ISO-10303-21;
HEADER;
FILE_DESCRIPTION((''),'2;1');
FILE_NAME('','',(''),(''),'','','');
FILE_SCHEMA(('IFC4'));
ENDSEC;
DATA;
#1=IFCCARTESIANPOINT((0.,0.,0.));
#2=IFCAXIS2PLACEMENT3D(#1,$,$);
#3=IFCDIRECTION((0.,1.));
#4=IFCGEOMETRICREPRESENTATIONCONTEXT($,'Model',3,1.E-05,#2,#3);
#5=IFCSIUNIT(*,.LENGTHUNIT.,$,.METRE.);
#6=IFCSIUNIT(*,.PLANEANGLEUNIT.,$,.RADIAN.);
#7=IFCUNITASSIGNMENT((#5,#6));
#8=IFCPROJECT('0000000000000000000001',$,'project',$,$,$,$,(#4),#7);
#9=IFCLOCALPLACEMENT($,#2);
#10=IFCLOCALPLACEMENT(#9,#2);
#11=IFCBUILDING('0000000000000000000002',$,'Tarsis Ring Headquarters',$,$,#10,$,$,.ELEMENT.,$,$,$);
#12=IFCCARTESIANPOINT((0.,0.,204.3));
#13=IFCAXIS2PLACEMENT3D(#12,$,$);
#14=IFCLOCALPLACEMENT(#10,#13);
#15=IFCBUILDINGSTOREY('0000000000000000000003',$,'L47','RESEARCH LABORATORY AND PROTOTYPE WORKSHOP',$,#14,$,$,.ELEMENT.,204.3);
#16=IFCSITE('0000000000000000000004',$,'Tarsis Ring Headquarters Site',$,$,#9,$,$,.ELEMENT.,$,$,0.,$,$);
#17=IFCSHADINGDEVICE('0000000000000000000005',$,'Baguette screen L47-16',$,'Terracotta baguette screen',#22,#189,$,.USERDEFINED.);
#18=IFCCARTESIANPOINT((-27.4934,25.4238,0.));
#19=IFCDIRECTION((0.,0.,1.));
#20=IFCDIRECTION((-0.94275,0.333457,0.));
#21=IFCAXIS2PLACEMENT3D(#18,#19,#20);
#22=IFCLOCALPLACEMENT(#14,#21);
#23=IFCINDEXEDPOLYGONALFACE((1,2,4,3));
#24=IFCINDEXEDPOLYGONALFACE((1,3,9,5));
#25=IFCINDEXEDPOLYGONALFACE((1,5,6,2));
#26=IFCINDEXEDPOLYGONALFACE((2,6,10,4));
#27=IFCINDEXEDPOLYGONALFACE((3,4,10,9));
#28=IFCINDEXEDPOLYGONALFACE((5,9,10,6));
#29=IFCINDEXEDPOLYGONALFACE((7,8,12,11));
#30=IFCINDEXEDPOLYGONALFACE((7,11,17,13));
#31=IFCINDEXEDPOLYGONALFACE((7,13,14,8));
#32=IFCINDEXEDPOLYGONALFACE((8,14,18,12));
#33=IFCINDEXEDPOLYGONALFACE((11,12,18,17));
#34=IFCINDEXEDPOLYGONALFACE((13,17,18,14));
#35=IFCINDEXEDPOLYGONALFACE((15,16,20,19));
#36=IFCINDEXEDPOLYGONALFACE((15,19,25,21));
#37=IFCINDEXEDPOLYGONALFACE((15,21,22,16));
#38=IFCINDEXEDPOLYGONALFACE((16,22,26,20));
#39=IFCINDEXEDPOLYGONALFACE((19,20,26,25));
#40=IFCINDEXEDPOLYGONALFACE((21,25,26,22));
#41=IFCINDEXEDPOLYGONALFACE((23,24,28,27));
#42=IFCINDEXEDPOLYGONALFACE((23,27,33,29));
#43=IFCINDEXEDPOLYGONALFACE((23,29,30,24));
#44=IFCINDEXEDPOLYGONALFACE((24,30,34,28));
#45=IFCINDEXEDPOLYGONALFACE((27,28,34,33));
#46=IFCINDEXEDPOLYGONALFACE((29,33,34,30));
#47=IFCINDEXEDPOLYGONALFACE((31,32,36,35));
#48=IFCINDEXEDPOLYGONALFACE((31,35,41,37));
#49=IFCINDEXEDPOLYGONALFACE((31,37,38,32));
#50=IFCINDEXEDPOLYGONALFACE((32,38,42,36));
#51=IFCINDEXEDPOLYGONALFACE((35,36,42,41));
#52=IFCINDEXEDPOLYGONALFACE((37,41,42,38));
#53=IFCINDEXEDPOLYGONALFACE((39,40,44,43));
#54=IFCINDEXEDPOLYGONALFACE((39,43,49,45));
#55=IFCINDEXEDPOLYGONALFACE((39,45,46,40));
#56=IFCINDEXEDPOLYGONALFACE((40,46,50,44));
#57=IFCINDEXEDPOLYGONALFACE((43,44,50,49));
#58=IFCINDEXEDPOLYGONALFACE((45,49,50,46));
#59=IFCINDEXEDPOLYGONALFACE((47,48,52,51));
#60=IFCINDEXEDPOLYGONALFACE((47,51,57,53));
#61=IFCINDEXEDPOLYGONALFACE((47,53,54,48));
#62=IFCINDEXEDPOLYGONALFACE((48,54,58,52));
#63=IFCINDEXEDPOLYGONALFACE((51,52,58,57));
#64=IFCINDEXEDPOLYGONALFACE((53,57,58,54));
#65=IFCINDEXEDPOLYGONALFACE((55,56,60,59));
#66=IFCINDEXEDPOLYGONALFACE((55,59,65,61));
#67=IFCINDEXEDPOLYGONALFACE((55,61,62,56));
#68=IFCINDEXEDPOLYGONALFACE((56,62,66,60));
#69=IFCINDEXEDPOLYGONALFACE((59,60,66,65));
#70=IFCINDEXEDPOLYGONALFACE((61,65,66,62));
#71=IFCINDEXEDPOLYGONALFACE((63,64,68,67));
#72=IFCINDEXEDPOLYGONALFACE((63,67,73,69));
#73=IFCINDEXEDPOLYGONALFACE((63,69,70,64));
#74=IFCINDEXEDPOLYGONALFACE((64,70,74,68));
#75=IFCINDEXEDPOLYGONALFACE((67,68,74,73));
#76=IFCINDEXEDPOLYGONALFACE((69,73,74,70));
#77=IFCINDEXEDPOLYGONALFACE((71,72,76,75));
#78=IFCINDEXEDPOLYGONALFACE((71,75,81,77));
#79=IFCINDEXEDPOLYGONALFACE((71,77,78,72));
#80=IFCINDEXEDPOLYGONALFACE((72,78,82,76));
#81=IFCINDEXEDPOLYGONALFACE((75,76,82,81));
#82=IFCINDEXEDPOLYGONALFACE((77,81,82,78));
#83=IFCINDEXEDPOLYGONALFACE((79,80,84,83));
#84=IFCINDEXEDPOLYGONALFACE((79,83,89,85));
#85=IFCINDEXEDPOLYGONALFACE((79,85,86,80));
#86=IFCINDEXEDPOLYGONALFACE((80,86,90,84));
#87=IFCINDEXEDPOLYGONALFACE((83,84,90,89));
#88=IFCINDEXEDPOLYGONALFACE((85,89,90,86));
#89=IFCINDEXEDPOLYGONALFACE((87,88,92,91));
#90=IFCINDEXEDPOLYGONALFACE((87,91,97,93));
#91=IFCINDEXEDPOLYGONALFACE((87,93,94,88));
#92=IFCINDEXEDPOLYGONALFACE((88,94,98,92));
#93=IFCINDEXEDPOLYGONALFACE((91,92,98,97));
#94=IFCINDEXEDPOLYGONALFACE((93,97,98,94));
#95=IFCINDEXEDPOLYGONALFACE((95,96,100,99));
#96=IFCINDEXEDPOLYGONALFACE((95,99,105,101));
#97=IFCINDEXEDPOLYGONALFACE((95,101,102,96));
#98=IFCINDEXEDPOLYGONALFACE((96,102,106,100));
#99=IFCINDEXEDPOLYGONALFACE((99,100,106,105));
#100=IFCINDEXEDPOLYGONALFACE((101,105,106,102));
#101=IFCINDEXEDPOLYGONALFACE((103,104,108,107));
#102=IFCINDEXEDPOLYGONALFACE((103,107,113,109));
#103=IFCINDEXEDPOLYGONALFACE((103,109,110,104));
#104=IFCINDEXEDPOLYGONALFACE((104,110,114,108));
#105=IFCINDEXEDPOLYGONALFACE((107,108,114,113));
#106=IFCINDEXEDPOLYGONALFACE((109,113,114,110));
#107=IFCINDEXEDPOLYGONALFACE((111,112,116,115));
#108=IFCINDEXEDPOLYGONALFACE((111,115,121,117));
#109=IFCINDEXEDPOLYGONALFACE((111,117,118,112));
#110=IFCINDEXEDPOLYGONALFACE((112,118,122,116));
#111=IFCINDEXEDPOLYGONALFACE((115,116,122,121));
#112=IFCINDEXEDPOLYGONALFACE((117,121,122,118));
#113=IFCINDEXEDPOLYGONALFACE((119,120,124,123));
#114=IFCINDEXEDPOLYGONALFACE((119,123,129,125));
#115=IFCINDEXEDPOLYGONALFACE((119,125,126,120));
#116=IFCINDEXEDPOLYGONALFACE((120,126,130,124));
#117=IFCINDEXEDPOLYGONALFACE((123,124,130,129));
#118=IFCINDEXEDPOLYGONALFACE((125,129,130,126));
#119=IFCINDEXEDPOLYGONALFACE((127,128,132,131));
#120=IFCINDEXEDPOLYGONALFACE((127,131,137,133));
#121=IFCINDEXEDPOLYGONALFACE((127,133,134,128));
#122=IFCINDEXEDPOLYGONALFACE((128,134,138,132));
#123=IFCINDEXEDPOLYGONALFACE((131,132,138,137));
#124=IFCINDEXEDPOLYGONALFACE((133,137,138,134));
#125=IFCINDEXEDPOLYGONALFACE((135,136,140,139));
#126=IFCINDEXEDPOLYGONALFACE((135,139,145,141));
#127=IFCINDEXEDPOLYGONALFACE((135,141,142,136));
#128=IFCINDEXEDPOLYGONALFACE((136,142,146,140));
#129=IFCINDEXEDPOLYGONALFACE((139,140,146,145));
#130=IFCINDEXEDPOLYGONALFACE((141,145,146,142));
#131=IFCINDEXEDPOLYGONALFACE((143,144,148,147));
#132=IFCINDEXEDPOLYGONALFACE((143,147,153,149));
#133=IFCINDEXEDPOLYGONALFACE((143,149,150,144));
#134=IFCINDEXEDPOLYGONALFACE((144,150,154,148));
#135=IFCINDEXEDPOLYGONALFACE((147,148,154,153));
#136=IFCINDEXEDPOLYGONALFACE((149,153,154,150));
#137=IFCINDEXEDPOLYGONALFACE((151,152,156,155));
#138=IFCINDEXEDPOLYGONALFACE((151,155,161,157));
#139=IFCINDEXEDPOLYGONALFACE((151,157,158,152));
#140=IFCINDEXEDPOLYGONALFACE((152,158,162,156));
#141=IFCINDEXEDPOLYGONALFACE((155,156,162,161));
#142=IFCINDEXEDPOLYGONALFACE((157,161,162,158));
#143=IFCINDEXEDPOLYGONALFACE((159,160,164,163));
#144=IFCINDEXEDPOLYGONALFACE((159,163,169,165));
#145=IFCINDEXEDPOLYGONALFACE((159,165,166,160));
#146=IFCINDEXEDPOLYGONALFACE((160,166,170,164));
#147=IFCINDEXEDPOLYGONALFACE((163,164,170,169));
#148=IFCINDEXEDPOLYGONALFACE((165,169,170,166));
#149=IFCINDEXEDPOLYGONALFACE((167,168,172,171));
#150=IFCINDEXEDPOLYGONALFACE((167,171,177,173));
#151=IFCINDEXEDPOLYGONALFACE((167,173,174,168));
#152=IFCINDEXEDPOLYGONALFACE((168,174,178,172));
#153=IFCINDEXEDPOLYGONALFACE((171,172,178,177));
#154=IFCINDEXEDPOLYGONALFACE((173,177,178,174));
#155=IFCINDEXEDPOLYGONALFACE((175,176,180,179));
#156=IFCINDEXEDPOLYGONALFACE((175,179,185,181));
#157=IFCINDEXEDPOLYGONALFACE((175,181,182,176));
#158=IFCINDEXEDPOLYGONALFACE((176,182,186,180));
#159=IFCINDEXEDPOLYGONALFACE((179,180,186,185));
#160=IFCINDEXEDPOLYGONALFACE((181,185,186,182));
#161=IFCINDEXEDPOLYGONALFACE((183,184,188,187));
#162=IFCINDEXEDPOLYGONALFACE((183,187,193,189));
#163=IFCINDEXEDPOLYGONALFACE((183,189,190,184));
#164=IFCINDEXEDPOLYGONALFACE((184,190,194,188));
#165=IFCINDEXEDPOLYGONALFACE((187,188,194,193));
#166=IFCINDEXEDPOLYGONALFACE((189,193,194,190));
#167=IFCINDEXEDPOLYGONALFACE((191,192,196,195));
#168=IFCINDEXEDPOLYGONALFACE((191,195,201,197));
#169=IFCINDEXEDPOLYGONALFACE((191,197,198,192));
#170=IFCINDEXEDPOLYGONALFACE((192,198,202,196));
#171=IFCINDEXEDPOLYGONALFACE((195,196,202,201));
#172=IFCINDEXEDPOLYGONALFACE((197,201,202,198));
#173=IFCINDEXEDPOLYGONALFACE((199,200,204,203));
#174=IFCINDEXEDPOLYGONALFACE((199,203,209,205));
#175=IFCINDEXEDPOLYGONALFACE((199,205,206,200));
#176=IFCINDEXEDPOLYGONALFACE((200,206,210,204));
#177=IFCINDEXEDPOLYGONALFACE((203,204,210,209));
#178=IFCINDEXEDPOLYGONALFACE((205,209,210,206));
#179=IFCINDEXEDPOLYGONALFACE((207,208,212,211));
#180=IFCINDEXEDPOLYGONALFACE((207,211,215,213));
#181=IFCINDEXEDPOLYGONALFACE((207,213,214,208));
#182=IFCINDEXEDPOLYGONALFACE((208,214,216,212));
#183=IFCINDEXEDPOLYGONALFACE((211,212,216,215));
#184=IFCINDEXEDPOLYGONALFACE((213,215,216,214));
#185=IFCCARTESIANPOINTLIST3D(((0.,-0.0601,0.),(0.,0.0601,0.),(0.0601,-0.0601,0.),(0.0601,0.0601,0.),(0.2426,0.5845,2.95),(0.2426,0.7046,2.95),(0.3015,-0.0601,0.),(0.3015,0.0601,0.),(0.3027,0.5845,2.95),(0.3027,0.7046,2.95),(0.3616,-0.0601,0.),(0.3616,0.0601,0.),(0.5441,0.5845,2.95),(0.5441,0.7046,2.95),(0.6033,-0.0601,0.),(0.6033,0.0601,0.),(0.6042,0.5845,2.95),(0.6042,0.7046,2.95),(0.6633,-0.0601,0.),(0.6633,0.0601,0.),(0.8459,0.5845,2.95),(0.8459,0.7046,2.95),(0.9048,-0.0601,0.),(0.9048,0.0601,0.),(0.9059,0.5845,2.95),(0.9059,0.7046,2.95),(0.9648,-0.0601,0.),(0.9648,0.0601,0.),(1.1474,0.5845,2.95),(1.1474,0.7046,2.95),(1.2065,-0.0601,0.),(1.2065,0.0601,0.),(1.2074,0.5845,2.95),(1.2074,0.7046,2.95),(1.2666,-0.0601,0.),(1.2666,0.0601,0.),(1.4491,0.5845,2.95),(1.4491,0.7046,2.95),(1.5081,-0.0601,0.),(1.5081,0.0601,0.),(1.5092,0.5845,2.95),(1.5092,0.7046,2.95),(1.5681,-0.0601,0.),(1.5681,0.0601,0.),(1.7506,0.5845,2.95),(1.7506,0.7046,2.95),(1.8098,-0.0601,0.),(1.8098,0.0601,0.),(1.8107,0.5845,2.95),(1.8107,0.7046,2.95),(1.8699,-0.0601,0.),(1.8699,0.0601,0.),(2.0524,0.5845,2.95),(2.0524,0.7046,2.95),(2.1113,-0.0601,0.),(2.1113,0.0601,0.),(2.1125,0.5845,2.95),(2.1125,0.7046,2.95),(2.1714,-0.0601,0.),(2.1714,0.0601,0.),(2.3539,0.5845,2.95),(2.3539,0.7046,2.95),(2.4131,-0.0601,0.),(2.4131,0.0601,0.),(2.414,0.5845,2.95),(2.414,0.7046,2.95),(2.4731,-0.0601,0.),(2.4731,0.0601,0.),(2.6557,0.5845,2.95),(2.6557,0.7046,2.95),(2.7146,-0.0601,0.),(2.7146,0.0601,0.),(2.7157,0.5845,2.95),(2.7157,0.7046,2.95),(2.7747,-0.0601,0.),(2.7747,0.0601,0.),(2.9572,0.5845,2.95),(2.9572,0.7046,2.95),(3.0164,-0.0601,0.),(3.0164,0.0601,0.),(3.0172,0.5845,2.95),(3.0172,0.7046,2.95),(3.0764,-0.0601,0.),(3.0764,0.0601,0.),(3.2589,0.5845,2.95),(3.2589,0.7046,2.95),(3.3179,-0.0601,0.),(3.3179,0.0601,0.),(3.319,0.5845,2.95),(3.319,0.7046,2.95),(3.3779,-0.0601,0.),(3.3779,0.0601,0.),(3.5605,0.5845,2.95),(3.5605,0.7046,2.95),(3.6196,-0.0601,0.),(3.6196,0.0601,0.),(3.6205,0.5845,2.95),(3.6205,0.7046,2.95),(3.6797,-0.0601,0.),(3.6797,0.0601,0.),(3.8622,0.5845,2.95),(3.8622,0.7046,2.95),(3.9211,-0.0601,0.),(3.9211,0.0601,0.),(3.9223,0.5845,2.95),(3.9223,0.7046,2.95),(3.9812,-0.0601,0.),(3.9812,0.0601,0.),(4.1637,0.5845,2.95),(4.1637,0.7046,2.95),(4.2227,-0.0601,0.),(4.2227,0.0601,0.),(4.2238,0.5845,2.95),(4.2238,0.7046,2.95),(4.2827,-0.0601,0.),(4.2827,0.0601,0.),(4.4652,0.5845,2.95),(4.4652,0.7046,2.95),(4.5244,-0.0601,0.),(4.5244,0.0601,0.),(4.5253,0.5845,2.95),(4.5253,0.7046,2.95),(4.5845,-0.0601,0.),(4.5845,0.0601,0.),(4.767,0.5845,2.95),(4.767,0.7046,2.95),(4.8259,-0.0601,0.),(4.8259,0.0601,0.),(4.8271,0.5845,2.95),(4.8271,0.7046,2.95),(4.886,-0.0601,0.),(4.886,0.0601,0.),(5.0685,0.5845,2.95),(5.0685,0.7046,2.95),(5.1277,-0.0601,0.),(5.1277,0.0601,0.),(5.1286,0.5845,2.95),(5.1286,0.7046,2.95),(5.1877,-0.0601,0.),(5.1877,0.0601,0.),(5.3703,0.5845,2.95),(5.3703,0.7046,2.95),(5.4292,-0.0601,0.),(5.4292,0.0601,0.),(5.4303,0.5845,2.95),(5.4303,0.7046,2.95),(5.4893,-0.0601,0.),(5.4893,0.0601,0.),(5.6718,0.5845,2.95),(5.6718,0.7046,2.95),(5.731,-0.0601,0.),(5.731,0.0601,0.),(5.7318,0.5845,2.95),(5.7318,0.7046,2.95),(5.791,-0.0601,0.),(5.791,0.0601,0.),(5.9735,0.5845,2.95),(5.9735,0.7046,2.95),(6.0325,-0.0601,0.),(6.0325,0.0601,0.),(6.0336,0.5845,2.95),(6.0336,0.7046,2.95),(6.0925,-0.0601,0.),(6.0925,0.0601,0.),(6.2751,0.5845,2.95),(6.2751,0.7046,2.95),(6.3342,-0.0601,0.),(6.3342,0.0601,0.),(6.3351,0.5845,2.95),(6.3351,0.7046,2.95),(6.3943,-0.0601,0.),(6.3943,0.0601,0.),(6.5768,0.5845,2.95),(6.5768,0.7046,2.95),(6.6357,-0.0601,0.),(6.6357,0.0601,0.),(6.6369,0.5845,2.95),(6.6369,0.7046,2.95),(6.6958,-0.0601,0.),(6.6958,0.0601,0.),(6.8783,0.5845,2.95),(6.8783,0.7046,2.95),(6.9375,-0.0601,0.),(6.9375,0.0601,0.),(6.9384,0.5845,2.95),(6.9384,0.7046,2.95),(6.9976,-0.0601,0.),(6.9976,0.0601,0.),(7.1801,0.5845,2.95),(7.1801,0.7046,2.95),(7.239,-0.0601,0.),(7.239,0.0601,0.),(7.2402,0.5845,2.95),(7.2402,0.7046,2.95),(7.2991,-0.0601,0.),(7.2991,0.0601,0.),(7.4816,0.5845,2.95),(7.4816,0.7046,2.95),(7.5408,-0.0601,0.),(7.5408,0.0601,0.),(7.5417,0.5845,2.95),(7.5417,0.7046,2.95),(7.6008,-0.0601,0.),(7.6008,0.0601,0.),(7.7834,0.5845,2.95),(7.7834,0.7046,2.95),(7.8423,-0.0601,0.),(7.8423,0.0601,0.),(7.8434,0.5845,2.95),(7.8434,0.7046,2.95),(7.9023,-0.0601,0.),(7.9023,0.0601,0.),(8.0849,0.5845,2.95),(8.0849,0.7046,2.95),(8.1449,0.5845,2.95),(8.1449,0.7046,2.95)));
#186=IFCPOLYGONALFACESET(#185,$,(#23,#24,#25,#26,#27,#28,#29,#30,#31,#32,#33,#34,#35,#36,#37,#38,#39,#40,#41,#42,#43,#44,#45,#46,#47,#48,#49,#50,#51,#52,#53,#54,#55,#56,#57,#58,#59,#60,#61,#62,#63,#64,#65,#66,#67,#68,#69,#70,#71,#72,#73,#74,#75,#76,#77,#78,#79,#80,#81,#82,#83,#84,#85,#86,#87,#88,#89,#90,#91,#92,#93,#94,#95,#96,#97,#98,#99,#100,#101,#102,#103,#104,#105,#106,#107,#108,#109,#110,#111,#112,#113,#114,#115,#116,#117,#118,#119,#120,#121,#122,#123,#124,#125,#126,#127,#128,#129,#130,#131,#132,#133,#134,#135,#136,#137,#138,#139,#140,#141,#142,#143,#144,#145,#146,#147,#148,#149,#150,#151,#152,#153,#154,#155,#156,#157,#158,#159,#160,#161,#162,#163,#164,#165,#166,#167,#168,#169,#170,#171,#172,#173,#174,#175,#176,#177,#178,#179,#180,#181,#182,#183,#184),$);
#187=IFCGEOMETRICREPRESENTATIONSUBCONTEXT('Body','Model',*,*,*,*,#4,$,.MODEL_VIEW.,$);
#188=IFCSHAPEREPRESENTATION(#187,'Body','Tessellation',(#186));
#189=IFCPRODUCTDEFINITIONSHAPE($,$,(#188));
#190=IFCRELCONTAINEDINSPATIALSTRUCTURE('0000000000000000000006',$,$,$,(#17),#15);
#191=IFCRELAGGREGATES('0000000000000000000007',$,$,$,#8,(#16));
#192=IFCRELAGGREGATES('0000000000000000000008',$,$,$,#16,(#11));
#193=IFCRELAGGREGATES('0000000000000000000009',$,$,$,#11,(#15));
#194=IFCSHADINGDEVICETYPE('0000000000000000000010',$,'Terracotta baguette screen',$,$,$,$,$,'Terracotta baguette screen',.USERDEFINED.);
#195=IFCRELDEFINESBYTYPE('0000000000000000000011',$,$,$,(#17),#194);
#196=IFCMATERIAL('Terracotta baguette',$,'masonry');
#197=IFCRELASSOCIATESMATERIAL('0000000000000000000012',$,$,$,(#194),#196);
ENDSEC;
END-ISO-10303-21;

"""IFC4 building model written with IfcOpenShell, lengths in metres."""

from ifc_helpers import new_model, si_unit, direction, frame, frame_2d, origin, place, context, subcontext, project, spatial, rectangle, composite_profile, extrude, material, type_object, element, save


model = new_model("IFC4")

# Units and contexts
model_context = context("Model", 3, precision=1e-05, world=origin(), true_north=direction((0.0, 1.0)))
body_context = subcontext(model_context, "Body", "Model", "MODEL_VIEW")
ifc_project = project(units=[si_unit("LENGTHUNIT", "METRE"), si_unit("PLANEANGLEUNIT", "RADIAN")], contexts=[model_context])

# Site, building, storey
site_placement = place(None, origin())
site = spatial("IfcSite", under=ifc_project, at=site_placement, Name="Tarsis Ring Headquarters Site", CompositionType="ELEMENT", RefElevation=0.0)
building_placement = place(site_placement, origin())
building = spatial("IfcBuilding", under=site, at=building_placement, Name="Tarsis Ring Headquarters", CompositionType="ELEMENT")
storey_placement = place(building_placement, frame((0.0, 0.0, 204.3)))
storey = spatial("IfcBuildingStorey", under=building, at=storey_placement, Name="L47", Description="RESEARCH LABORATORY AND PROTOTYPE WORKSHOP", CompositionType="ELEMENT", Elevation=204.3)

# Shading device
ifc_material_1 = material(Name="Terracotta baguette", Category="masonry")
shading_device_type_1 = type_object("IfcShadingDeviceType", Name="Terracotta baguette screen", ElementType="Terracotta baguette screen", PredefinedType="USERDEFINED", material=ifc_material_1)
shading_device_1_placement = place(storey_placement, frame((-27.4934, 25.4238, 0.0), z_axis=(0.0, 0.0, 1.0), x_axis=(-0.94275, 0.333457, 0.0)))
element("IfcShadingDevice", 1, at=shading_device_1_placement, inside=storey, type_object=shading_device_type_1, Name="Baguette screen L47-16", ObjectType="Terracotta baguette screen", PredefinedType="USERDEFINED", context=body_context, shape_type="SweptSolid", body=[
    extrude(composite_profile([rectangle(XDim=0.0601, YDim=0.1201, at=frame_2d((0.03, 0.0))), rectangle(XDim=0.0601, YDim=0.1201, at=frame_2d((0.3315, 0.0))), rectangle(XDim=0.0601, YDim=0.1201, at=frame_2d((0.6333, 0.0))), rectangle(XDim=0.0601, YDim=0.1201, at=frame_2d((0.9348, 0.0))), rectangle(XDim=0.0601, YDim=0.1201, at=frame_2d((1.2366, 0.0))), rectangle(XDim=0.0601, YDim=0.1201, at=frame_2d((1.5381, 0.0))), rectangle(XDim=0.0601, YDim=0.1201, at=frame_2d((1.8398, 0.0))), rectangle(XDim=0.0601, YDim=0.1201, at=frame_2d((2.1414, 0.0))), rectangle(XDim=0.0601, YDim=0.1201, at=frame_2d((2.4431, 0.0))), rectangle(XDim=0.0601, YDim=0.1201, at=frame_2d((2.7446, 0.0))), rectangle(XDim=0.0601, YDim=0.1201, at=frame_2d((3.0464, 0.0))), rectangle(XDim=0.0601, YDim=0.1201, at=frame_2d((3.3479, 0.0))), rectangle(XDim=0.0601, YDim=0.1201, at=frame_2d((3.6497, 0.0))), rectangle(XDim=0.0601, YDim=0.1201, at=frame_2d((3.9512, 0.0))), rectangle(XDim=0.0601, YDim=0.1201, at=frame_2d((4.2527, 0.0))), rectangle(XDim=0.0601, YDim=0.1201, at=frame_2d((4.5544, 0.0))), rectangle(XDim=0.0601, YDim=0.1201, at=frame_2d((4.856, 0.0))), rectangle(XDim=0.0601, YDim=0.1201, at=frame_2d((5.1577, 0.0))), rectangle(XDim=0.0601, YDim=0.1201, at=frame_2d((5.4592, 0.0))), rectangle(XDim=0.0601, YDim=0.1201, at=frame_2d((5.761, 0.0))), rectangle(XDim=0.0601, YDim=0.1201, at=frame_2d((6.0625, 0.0))), rectangle(XDim=0.0601, YDim=0.1201, at=frame_2d((6.3643, 0.0))), rectangle(XDim=0.0601, YDim=0.1201, at=frame_2d((6.6658, 0.0))), rectangle(XDim=0.0601, YDim=0.1201, at=frame_2d((6.9675, 0.0))), rectangle(XDim=0.0601, YDim=0.1201, at=frame_2d((7.269, 0.0))), rectangle(XDim=0.0601, YDim=0.1201, at=frame_2d((7.5708, 0.0))), rectangle(XDim=0.0601, YDim=0.1201, at=frame_2d((7.8723, 0.0)))]), origin(), (0.080082, 0.212782, 0.973812), 3.0293),
])

save(model, "model.ifc")
